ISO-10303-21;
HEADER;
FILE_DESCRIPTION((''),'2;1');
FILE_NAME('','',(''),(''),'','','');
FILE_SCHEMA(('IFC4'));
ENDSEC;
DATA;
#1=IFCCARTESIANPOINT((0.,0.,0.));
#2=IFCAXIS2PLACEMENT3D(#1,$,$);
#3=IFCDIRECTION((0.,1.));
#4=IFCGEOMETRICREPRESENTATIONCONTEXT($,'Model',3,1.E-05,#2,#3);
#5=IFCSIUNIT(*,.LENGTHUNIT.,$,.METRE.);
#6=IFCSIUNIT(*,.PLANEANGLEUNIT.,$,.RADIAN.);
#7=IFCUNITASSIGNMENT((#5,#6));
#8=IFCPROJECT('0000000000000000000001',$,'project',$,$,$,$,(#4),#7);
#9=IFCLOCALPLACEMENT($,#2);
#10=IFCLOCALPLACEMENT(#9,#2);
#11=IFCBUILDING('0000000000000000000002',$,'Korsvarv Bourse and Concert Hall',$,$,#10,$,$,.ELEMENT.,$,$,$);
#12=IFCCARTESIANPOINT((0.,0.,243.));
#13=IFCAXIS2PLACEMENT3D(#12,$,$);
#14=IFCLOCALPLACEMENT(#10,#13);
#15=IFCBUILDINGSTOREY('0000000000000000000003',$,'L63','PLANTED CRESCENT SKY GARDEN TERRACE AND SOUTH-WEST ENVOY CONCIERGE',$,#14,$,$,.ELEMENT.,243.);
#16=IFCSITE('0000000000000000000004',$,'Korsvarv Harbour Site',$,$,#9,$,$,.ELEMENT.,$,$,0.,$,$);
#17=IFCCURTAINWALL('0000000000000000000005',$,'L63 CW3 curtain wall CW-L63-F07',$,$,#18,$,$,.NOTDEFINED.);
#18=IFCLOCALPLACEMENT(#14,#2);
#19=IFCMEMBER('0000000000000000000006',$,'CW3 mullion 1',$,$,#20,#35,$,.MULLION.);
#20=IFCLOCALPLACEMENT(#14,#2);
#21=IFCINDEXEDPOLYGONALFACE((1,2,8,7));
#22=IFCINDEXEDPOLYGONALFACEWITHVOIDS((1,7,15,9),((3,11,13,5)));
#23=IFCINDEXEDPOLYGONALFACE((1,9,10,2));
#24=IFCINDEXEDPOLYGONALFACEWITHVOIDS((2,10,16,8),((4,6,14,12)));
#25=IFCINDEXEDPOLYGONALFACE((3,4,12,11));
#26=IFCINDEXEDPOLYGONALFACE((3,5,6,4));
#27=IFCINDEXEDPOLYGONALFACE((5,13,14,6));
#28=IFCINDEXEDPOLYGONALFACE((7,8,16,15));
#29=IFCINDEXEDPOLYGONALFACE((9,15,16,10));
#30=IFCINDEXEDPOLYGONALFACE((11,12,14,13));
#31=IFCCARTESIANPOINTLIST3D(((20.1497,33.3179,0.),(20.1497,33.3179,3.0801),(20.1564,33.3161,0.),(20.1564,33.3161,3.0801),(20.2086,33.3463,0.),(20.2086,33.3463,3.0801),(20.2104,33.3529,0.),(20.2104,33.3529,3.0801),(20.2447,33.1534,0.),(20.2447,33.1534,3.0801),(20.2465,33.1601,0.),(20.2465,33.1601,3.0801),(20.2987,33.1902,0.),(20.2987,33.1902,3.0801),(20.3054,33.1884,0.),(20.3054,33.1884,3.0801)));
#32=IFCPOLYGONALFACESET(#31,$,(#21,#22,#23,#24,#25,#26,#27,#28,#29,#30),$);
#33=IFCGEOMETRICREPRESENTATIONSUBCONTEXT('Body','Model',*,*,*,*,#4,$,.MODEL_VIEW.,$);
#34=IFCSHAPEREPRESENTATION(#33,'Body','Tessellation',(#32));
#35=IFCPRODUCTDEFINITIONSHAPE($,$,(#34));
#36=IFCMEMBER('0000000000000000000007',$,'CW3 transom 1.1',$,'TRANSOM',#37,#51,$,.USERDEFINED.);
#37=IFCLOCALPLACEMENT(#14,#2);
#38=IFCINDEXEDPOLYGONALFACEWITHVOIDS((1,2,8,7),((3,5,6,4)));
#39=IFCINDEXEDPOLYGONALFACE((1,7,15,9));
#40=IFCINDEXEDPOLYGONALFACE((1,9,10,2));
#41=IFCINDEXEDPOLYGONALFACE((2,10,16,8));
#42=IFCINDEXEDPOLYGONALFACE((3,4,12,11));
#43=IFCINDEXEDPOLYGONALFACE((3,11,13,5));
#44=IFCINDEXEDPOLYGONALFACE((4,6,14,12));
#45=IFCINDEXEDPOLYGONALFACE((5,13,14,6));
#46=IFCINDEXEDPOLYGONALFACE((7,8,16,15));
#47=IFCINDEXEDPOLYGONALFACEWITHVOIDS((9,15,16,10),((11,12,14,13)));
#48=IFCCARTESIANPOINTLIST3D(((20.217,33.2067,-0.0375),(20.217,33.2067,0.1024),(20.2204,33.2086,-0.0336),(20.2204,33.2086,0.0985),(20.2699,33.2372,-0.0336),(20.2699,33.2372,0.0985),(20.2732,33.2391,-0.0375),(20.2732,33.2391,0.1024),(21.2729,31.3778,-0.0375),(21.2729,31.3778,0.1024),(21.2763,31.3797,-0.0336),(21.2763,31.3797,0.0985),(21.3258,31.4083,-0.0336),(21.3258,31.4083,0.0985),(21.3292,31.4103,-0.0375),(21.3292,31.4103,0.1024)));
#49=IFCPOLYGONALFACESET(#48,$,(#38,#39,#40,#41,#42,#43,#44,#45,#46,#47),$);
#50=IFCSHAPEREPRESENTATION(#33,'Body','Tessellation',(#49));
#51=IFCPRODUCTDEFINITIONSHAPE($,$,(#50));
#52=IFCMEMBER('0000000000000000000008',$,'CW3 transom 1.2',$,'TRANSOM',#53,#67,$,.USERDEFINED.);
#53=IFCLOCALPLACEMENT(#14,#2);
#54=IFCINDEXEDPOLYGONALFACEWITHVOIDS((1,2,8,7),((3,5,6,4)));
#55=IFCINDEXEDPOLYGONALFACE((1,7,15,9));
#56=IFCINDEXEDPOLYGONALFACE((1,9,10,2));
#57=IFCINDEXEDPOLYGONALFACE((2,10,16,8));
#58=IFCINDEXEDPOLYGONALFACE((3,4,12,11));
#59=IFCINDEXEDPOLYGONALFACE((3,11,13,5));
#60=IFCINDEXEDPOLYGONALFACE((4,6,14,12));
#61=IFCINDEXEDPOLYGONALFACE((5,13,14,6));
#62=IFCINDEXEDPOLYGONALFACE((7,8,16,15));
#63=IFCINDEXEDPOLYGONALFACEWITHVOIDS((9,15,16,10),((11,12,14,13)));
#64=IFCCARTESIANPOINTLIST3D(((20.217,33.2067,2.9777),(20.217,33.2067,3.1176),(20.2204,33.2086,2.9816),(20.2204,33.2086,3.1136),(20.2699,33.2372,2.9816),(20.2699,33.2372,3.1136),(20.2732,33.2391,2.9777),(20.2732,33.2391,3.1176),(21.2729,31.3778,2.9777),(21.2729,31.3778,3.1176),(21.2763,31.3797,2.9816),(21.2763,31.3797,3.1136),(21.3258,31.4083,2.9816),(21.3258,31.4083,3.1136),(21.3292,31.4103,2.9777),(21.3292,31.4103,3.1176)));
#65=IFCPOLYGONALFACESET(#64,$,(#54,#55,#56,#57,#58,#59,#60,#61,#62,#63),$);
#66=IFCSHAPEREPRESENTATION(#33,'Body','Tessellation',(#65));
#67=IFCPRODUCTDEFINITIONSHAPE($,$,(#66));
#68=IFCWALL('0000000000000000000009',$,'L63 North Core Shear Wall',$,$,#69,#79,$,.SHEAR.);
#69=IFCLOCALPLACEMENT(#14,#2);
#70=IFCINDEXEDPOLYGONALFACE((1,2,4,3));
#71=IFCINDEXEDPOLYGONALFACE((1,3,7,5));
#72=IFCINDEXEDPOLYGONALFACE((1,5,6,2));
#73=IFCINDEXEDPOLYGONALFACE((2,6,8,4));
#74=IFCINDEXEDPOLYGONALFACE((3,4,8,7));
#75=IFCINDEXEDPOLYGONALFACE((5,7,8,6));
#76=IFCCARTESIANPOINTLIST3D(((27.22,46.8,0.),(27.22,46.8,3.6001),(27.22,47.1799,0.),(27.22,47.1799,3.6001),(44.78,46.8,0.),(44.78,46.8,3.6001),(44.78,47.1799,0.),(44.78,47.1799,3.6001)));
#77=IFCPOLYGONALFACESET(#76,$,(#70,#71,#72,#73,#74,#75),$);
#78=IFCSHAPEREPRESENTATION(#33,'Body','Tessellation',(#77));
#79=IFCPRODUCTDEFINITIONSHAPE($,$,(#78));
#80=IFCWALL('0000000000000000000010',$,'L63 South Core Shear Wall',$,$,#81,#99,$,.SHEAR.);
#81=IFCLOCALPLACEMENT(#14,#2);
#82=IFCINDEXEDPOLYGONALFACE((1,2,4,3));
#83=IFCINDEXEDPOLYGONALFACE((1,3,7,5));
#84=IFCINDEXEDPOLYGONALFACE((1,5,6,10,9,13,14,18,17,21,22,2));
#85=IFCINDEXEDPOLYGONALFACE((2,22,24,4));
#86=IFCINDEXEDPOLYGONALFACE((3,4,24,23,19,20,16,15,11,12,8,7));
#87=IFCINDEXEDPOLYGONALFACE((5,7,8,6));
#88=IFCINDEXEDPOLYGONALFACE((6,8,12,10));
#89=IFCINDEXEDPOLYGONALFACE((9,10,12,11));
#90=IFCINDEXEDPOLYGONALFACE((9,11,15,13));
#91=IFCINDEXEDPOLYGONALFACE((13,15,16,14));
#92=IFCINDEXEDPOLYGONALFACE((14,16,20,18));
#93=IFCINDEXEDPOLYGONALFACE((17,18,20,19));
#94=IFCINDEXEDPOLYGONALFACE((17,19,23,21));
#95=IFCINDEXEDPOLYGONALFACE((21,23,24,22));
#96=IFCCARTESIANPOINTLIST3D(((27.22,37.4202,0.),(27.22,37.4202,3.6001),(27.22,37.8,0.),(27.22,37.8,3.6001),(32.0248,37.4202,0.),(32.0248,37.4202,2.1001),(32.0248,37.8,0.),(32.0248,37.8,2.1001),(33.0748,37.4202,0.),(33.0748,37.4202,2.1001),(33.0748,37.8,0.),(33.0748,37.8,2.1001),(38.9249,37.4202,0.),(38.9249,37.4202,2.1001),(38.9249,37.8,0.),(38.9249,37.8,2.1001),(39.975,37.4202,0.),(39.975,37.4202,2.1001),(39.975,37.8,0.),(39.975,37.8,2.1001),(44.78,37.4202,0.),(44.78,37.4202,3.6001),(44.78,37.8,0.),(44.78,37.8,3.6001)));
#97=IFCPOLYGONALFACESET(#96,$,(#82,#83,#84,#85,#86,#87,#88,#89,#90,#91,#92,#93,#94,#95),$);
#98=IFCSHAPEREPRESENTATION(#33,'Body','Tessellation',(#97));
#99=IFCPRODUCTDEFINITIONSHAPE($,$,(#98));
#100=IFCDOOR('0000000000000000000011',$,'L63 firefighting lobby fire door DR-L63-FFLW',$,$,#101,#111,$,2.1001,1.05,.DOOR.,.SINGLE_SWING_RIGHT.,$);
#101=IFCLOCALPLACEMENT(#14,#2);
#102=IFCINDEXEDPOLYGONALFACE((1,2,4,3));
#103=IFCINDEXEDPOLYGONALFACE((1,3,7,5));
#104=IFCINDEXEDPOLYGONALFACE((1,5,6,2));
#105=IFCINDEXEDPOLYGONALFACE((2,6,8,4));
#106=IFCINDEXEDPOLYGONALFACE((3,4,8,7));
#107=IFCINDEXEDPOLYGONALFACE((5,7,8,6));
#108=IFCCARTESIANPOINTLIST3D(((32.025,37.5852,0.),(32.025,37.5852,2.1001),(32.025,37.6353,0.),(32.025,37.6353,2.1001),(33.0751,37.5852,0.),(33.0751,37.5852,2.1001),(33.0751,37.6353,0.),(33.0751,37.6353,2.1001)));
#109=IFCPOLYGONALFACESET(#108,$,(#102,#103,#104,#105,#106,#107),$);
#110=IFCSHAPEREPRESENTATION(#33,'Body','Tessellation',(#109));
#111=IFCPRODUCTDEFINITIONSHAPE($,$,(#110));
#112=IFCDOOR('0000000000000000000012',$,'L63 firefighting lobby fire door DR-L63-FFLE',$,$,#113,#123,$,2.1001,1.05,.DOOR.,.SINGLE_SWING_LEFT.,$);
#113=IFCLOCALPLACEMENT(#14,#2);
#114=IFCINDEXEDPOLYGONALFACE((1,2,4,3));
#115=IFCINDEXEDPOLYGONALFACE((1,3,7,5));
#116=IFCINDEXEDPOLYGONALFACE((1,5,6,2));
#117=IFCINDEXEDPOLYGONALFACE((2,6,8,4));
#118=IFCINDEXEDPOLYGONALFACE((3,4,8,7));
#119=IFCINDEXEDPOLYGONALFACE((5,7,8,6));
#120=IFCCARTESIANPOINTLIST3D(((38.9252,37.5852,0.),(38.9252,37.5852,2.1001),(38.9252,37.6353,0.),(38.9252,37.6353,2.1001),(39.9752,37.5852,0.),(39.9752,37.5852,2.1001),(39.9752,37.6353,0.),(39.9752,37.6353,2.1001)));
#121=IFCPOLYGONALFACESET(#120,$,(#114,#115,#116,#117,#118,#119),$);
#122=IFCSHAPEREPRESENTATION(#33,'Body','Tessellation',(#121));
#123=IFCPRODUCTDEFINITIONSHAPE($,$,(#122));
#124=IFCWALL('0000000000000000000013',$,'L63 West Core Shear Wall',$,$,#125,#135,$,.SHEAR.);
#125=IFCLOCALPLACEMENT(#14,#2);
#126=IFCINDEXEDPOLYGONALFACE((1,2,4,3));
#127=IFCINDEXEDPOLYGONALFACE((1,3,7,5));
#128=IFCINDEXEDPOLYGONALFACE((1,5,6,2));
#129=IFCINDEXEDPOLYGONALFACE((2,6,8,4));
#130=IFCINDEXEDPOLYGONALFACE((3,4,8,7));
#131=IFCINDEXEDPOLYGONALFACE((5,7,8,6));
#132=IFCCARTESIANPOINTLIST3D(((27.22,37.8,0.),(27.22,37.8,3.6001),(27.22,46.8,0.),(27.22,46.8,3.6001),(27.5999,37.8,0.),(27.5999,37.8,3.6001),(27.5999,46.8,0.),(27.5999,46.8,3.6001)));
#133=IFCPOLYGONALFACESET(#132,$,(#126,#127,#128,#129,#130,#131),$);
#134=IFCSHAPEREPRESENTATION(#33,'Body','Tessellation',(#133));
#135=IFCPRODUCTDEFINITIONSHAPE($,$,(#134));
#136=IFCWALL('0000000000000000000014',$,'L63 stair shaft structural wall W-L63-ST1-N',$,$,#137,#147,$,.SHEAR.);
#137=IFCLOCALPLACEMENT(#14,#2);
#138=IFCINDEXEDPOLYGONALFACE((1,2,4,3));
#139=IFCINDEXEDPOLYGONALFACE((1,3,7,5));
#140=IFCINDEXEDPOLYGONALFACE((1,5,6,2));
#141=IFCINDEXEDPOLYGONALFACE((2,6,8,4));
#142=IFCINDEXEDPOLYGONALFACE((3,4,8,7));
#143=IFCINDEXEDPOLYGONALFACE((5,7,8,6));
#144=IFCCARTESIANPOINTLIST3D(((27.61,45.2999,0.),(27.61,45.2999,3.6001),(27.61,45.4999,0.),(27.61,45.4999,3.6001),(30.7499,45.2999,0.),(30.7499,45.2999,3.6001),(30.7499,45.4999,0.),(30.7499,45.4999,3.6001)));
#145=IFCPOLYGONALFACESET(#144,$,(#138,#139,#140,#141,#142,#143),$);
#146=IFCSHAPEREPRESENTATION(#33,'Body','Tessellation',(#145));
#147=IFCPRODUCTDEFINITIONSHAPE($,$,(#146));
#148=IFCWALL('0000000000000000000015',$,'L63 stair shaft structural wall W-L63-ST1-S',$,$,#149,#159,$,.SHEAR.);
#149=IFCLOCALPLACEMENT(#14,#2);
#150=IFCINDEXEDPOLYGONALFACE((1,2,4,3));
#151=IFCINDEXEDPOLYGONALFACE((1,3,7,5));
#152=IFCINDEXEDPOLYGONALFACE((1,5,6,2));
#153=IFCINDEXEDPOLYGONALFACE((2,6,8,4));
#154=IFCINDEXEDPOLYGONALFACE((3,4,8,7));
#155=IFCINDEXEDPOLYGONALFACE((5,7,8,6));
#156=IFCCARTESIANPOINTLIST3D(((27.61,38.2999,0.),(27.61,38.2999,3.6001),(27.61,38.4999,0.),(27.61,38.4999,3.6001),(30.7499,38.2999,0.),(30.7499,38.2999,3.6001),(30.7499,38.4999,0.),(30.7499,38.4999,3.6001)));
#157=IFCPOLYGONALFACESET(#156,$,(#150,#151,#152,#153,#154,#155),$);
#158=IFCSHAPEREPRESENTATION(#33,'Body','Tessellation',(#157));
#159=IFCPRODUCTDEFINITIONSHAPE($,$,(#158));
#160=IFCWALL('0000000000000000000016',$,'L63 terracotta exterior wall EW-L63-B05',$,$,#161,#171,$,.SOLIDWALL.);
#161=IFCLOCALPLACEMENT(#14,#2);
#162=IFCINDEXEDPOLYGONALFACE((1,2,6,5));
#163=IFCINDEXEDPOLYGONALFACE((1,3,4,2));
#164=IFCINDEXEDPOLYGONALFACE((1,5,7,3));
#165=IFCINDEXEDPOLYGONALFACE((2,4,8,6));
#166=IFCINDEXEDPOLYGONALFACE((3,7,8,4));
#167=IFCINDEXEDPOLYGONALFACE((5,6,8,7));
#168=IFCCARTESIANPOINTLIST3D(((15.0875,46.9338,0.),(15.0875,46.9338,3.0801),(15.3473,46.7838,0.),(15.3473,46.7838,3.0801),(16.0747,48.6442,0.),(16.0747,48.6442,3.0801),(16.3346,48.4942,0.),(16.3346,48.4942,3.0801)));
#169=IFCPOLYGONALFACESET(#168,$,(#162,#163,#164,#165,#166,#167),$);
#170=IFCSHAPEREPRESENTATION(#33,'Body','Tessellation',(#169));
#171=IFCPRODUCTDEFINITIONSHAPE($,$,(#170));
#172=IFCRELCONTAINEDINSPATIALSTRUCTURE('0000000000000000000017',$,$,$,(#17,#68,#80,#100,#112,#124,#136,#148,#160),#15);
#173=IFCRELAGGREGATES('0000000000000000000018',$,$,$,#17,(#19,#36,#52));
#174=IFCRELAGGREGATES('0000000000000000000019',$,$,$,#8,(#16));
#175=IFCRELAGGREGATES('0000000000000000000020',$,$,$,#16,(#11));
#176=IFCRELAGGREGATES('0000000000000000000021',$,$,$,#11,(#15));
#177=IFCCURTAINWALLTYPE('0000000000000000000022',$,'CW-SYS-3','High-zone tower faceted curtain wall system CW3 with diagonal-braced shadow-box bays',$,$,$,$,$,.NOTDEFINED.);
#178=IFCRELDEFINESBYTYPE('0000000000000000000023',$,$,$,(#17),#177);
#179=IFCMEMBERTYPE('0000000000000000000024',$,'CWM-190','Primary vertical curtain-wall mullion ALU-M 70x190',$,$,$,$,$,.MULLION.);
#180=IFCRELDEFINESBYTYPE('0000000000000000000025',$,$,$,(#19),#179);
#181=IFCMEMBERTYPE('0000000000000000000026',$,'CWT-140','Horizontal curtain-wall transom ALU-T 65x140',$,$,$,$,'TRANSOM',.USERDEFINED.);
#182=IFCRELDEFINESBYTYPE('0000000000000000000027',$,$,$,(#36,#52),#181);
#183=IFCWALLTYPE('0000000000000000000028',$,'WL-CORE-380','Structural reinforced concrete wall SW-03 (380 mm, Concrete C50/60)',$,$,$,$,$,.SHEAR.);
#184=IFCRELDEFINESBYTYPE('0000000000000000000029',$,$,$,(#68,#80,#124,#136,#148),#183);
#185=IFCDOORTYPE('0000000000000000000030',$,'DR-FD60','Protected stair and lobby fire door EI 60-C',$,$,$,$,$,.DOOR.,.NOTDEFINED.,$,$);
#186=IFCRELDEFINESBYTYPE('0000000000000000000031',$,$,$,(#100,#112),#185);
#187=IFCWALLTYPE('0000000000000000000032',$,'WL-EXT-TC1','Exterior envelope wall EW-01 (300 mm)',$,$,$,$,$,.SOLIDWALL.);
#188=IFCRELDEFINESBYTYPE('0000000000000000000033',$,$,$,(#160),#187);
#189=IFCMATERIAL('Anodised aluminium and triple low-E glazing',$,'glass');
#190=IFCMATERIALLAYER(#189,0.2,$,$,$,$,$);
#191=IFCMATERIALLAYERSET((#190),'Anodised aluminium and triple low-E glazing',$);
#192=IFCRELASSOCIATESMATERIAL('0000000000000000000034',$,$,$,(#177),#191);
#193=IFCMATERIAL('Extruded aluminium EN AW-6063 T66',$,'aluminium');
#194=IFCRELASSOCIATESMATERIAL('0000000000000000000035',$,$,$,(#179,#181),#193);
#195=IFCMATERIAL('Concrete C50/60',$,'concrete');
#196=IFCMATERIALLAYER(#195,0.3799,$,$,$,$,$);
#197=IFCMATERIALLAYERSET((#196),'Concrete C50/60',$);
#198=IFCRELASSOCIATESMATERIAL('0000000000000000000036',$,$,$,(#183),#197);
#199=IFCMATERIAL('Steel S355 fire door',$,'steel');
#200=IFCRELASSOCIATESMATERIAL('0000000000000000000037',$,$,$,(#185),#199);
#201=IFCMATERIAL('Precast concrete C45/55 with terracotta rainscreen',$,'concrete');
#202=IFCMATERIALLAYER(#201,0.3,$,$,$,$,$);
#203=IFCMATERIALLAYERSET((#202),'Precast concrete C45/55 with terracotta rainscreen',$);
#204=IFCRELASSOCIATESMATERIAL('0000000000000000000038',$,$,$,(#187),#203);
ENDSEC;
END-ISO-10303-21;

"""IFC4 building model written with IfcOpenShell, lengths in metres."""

from ifc_helpers import new_model, si_unit, direction, frame, frame_2d, origin, origin_2d, place, context, subcontext, project, spatial, rectangle, hollow_rectangle, extrude, source, transform, mapped, material, layer, layer_set, material_profile, profile_set, type_object, element, fill, aggregate, save


model = new_model("IFC4")

# Units and contexts
model_context = context("Model", 3, precision=1e-05, world=origin(), true_north=direction((0.0, 1.0)))
body_context = subcontext(model_context, "Body", "Model", "MODEL_VIEW")
ifc_project = project(units=[si_unit("LENGTHUNIT", "METRE"), si_unit("PLANEANGLEUNIT", "RADIAN")], contexts=[model_context])

# Site, building, storey
site_placement = place(None, origin())
site = spatial("IfcSite", under=ifc_project, at=site_placement, Name="Korsvarv Harbour Site", CompositionType="ELEMENT", RefElevation=0.0)
building_placement = place(site_placement, origin())
building = spatial("IfcBuilding", under=site, at=building_placement, Name="Korsvarv Bourse and Concert Hall", CompositionType="ELEMENT")
storey_placement = place(building_placement, frame((0.0, 0.0, 243.0)))
storey = spatial("IfcBuildingStorey", under=building, at=storey_placement, Name="L63", Description="PLANTED CRESCENT SKY GARDEN TERRACE AND SOUTH-WEST ENVOY CONCIERGE", CompositionType="ELEMENT", Elevation=243.0)

# Shared definitions
ifc_material_1 = material(Name="Concrete C50/60", Category="concrete")

# Curtain wall, members
ifc_material_2 = material(Name="Anodised aluminium and triple low-E glazing", Category="glass")
ifc_layer_1 = layer(ifc_material_2, 0.2)
ifc_layer_set_1 = layer_set([ifc_layer_1], Name="Anodised aluminium and triple low-E glazing")
curtain_wall_type = type_object("IfcCurtainWallType", Name="CW-SYS-3", Description="High-zone tower faceted curtain wall system CW3 with diagonal-braced shadow-box bays", PredefinedType="NOTDEFINED", material=ifc_layer_set_1)
curtain_wall_placement = place(storey_placement, origin())
curtain_wall = element("IfcCurtainWall", 1, at=curtain_wall_placement, inside=storey, type_object=curtain_wall_type, Name="L63 CW3 curtain wall CW-L63-F07", PredefinedType="NOTDEFINED")
ifc_material_3 = material(Name="Extruded aluminium EN AW-6063 T66", Category="aluminium")
ifc_material_profile_1 = material_profile(ifc_material_3, hollow_rectangle(XDim=0.0701, YDim=0.1899, WallThickness=0.0049, at=origin_2d()), Name="ALU-M 70x190")
ifc_profile_set_1 = profile_set([ifc_material_profile_1], Name="Extruded aluminium EN AW-6063 T66")
member_type_1 = type_object("IfcMemberType", Name="CWM-190", Description="Primary vertical curtain-wall mullion ALU-M 70x190", PredefinedType="MULLION", material=ifc_profile_set_1)
shared_shape_1 = source(origin(), body_context, "Body", "SweptSolid", [
    extrude(hollow_rectangle(XDim=0.0701, YDim=0.1899, WallThickness=0.0049, at=origin_2d()), origin(), (0.0, 0.0, 1.0), 3.0801),
])
member_1_placement = place(storey_placement, frame((20.2275, 33.2532, 0.0), z_axis=(0.0, 0.0, 1.0), x_axis=(0.866022, 0.500006, 0.0)))
member_1 = element("IfcMember", 2, at=member_1_placement, type_object=member_type_1, Name="CW3 mullion 1", PredefinedType="MULLION", context=body_context, shape_type="MappedRepresentation", body=[
    mapped(shared_shape_1, transform((0.0, 0.0, 0.0), scale=1.0)),
])
ifc_material_profile_2 = material_profile(ifc_material_3, hollow_rectangle(XDim=0.0649, YDim=0.1399, WallThickness=0.0039, at=origin_2d()), Name="ALU-T 65x140")
ifc_profile_set_2 = profile_set([ifc_material_profile_2], Name="Extruded aluminium EN AW-6063 T66")
member_type_2 = type_object("IfcMemberType", Name="CWT-140", Description="Horizontal curtain-wall transom ALU-T 65x140", ElementType="TRANSOM", PredefinedType="USERDEFINED", material=ifc_profile_set_2)
shared_shape_2 = source(origin(), body_context, "Body", "SweptSolid", [
    extrude(hollow_rectangle(XDim=0.0649, YDim=0.1399, WallThickness=0.0039, at=origin_2d()), origin(), (0.0, 0.0, 1.0), 2.1118),
])
member_2_placement = place(storey_placement, frame((20.2451, 33.2229, 0.0325), z_axis=(0.500006, -0.866022, 0.0), x_axis=(0.866022, 0.500006, 0.0)))
member_2 = element("IfcMember", 3, at=member_2_placement, type_object=member_type_2, Name="CW3 transom 1.1", ObjectType="TRANSOM", PredefinedType="USERDEFINED", context=body_context, shape_type="MappedRepresentation", body=[
    mapped(shared_shape_2, transform((0.0, 0.0, 0.0), scale=1.0)),
])
member_3_placement = place(storey_placement, frame((20.2451, 33.2229, 3.0476), z_axis=(0.500006, -0.866022, 0.0), x_axis=(0.866022, 0.500006, 0.0)))
member_3 = element("IfcMember", 4, at=member_3_placement, type_object=member_type_2, Name="CW3 transom 1.2", ObjectType="TRANSOM", PredefinedType="USERDEFINED", context=body_context, shape_type="MappedRepresentation", body=[
    mapped(shared_shape_2, transform((0.0, 0.0, 0.0), scale=1.0)),
])
aggregate(curtain_wall, [member_1, member_2, member_3])

# Wall
ifc_layer_2 = layer(ifc_material_1, 0.3799)
ifc_layer_set_2 = layer_set([ifc_layer_2], Name="Concrete C50/60")
wall_type_1 = type_object("IfcWallType", Name="WL-CORE-380", Description="Structural reinforced concrete wall SW-03 (380 mm, Concrete C50/60)", PredefinedType="SHEAR", material=ifc_layer_set_2)
wall_1_placement = place(storey_placement, frame((27.22, 46.99, 0.0), z_axis=(0.0, 0.0, 1.0), x_axis=(1.0, 0.0, 0.0)))
element("IfcWall", 5, at=wall_1_placement, inside=storey, type_object=wall_type_1, Name="L63 North Core Shear Wall", PredefinedType="SHEAR", context=body_context, shape_type="SweptSolid", body=[
    extrude(rectangle(XDim=17.5601, YDim=0.3799, at=frame_2d((8.78, 0.0))), origin(), (0.0, 0.0, 1.0), 3.6001),
])

# Wall, openings, doors
wall_2_placement = place(storey_placement, frame((27.22, 37.6101, 0.0), z_axis=(0.0, 0.0, 1.0), x_axis=(1.0, 0.0, 0.0)))
wall_2 = element("IfcWall", 6, at=wall_2_placement, inside=storey, type_object=wall_type_1, Name="L63 South Core Shear Wall", PredefinedType="SHEAR", context=body_context, shape_type="SweptSolid", body=[
    extrude(rectangle(XDim=17.5601, YDim=0.3799, at=frame_2d((8.78, 0.0))), origin(), (0.0, 0.0, 1.0), 3.6001),
])
opening_1_placement = place(wall_2_placement, frame((4.8049, 0.0, 0.0)))
opening_1 = element("IfcOpeningElement", 7, at=opening_1_placement, cuts=wall_2, PredefinedType="OPENING", context=body_context, shape_type="SweptSolid", body=[
    extrude(rectangle(XDim=1.05, YDim=2.1001, at=frame_2d((0.5249, 1.05))), frame((0.0, 0.2, 0.0), z_axis=(0.0, -1.0, 0.0), x_axis=(1.0, 0.0, 0.0)), (0.0, 0.0, 1.0), 0.3999),
])
opening_2_placement = place(wall_2_placement, frame((11.7051, 0.0, 0.0)))
opening_2 = element("IfcOpeningElement", 8, at=opening_2_placement, cuts=wall_2, PredefinedType="OPENING", context=body_context, shape_type="SweptSolid", body=[
    extrude(rectangle(XDim=1.05, YDim=2.1001, at=frame_2d((0.5249, 1.05))), frame((0.0, 0.2, 0.0), z_axis=(0.0, -1.0, 0.0), x_axis=(1.0, 0.0, 0.0)), (0.0, 0.0, 1.0), 0.3999),
])
ifc_material_4 = material(Name="Steel S355 fire door", Category="steel")
door_type_1 = type_object("IfcDoorType", Name="DR-FD60", Description="Protected stair and lobby fire door EI 60-C", OperationType="NOTDEFINED", PredefinedType="DOOR", material=ifc_material_4)
door_1_placement = place(opening_1_placement, frame((1.05, 0.0, 0.0), z_axis=(0.0, 0.0, 1.0), x_axis=(-1.0, 0.0, 0.0)))
door_1 = element("IfcDoor", 9, at=door_1_placement, inside=storey, type_object=door_type_1, Name="L63 firefighting lobby fire door DR-L63-FFLW", OperationType="SINGLE_SWING_RIGHT", OverallHeight=2.1001, OverallWidth=1.05, PredefinedType="DOOR", context=body_context, shape_type="SweptSolid", body=[
    extrude(rectangle(XDim=1.05, YDim=2.1001, at=frame_2d((0.5249, 1.05))), frame((0.0, 0.0249, 0.0), z_axis=(0.0, -1.0, 0.0), x_axis=(1.0, 0.0, 0.0)), (0.0, 0.0, 1.0), 0.05),
])
fill(opening_1, door_1)
door_2_placement = place(opening_2_placement, frame((1.05, 0.0, 0.0), z_axis=(0.0, 0.0, 1.0), x_axis=(-1.0, 0.0, 0.0)))
door_2 = element("IfcDoor", 10, at=door_2_placement, inside=storey, type_object=door_type_1, Name="L63 firefighting lobby fire door DR-L63-FFLE", OperationType="SINGLE_SWING_LEFT", OverallHeight=2.1001, OverallWidth=1.05, PredefinedType="DOOR", context=body_context, shape_type="SweptSolid", body=[
    extrude(rectangle(XDim=1.05, YDim=2.1001, at=frame_2d((0.5249, 1.05))), frame((0.0, 0.0249, 0.0), z_axis=(0.0, -1.0, 0.0), x_axis=(1.0, 0.0, 0.0)), (0.0, 0.0, 1.0), 0.05),
])
fill(opening_2, door_2)

# Walls
wall_3_placement = place(storey_placement, frame((27.4099, 37.8, 0.0), z_axis=(0.0, 0.0, 1.0), x_axis=(0.0, 1.0, 0.0)))
element("IfcWall", 11, at=wall_3_placement, inside=storey, type_object=wall_type_1, Name="L63 West Core Shear Wall", PredefinedType="SHEAR", context=body_context, shape_type="SweptSolid", body=[
    extrude(rectangle(XDim=9.0, YDim=0.3799, at=frame_2d((4.5, 0.0))), origin(), (0.0, 0.0, 1.0), 3.6001),
])
for number, where, z_axis, x_axis, name in (
    (12, (27.6101, 45.3999, 0.0), (0.0, 0.0, 1.0), (1.0, 0.0, 0.0), "L63 stair shaft structural wall W-L63-ST1-N"),
    (13, (27.6101, 38.3999, 0.0), (0.0, 0.0, 1.0), (1.0, 0.0, 0.0), "L63 stair shaft structural wall W-L63-ST1-S"),
):
    element("IfcWall", number, at=place(storey_placement, frame(where, z_axis=z_axis, x_axis=x_axis)), inside=storey, type_object=wall_type_1, Name=name, PredefinedType="SHEAR", context=body_context, shape_type="SweptSolid", body=[
        extrude(rectangle(XDim=3.1399, YDim=0.2, at=frame_2d((1.5698, 0.0))), origin(), (0.0, 0.0, 1.0), 3.6001),
    ])
ifc_material_5 = material(Name="Precast concrete C45/55 with terracotta rainscreen", Category="concrete")
ifc_layer_3 = layer(ifc_material_5, 0.3)
ifc_layer_set_3 = layer_set([ifc_layer_3], Name="Precast concrete C45/55 with terracotta rainscreen")
wall_type_2 = type_object("IfcWallType", Name="WL-EXT-TC1", Description="Exterior envelope wall EW-01 (300 mm)", PredefinedType="SOLIDWALL", material=ifc_layer_set_3)
wall_4_placement = place(storey_placement, frame((16.2046, 48.5691, 0.0), z_axis=(0.0, 0.0, 1.0), x_axis=(-0.499915, -0.866074, 0.0)))
element("IfcWall", 14, at=wall_4_placement, inside=storey, type_object=wall_type_2, Name="L63 terracotta exterior wall EW-L63-B05", PredefinedType="SOLIDWALL", context=body_context, shape_type="SweptSolid", body=[
    extrude(rectangle(XDim=1.9749, YDim=0.3, at=frame_2d((0.9873, 0.0))), origin(), (0.0, 0.0, 1.0), 3.0801),
])

save(model, "model.ifc")
